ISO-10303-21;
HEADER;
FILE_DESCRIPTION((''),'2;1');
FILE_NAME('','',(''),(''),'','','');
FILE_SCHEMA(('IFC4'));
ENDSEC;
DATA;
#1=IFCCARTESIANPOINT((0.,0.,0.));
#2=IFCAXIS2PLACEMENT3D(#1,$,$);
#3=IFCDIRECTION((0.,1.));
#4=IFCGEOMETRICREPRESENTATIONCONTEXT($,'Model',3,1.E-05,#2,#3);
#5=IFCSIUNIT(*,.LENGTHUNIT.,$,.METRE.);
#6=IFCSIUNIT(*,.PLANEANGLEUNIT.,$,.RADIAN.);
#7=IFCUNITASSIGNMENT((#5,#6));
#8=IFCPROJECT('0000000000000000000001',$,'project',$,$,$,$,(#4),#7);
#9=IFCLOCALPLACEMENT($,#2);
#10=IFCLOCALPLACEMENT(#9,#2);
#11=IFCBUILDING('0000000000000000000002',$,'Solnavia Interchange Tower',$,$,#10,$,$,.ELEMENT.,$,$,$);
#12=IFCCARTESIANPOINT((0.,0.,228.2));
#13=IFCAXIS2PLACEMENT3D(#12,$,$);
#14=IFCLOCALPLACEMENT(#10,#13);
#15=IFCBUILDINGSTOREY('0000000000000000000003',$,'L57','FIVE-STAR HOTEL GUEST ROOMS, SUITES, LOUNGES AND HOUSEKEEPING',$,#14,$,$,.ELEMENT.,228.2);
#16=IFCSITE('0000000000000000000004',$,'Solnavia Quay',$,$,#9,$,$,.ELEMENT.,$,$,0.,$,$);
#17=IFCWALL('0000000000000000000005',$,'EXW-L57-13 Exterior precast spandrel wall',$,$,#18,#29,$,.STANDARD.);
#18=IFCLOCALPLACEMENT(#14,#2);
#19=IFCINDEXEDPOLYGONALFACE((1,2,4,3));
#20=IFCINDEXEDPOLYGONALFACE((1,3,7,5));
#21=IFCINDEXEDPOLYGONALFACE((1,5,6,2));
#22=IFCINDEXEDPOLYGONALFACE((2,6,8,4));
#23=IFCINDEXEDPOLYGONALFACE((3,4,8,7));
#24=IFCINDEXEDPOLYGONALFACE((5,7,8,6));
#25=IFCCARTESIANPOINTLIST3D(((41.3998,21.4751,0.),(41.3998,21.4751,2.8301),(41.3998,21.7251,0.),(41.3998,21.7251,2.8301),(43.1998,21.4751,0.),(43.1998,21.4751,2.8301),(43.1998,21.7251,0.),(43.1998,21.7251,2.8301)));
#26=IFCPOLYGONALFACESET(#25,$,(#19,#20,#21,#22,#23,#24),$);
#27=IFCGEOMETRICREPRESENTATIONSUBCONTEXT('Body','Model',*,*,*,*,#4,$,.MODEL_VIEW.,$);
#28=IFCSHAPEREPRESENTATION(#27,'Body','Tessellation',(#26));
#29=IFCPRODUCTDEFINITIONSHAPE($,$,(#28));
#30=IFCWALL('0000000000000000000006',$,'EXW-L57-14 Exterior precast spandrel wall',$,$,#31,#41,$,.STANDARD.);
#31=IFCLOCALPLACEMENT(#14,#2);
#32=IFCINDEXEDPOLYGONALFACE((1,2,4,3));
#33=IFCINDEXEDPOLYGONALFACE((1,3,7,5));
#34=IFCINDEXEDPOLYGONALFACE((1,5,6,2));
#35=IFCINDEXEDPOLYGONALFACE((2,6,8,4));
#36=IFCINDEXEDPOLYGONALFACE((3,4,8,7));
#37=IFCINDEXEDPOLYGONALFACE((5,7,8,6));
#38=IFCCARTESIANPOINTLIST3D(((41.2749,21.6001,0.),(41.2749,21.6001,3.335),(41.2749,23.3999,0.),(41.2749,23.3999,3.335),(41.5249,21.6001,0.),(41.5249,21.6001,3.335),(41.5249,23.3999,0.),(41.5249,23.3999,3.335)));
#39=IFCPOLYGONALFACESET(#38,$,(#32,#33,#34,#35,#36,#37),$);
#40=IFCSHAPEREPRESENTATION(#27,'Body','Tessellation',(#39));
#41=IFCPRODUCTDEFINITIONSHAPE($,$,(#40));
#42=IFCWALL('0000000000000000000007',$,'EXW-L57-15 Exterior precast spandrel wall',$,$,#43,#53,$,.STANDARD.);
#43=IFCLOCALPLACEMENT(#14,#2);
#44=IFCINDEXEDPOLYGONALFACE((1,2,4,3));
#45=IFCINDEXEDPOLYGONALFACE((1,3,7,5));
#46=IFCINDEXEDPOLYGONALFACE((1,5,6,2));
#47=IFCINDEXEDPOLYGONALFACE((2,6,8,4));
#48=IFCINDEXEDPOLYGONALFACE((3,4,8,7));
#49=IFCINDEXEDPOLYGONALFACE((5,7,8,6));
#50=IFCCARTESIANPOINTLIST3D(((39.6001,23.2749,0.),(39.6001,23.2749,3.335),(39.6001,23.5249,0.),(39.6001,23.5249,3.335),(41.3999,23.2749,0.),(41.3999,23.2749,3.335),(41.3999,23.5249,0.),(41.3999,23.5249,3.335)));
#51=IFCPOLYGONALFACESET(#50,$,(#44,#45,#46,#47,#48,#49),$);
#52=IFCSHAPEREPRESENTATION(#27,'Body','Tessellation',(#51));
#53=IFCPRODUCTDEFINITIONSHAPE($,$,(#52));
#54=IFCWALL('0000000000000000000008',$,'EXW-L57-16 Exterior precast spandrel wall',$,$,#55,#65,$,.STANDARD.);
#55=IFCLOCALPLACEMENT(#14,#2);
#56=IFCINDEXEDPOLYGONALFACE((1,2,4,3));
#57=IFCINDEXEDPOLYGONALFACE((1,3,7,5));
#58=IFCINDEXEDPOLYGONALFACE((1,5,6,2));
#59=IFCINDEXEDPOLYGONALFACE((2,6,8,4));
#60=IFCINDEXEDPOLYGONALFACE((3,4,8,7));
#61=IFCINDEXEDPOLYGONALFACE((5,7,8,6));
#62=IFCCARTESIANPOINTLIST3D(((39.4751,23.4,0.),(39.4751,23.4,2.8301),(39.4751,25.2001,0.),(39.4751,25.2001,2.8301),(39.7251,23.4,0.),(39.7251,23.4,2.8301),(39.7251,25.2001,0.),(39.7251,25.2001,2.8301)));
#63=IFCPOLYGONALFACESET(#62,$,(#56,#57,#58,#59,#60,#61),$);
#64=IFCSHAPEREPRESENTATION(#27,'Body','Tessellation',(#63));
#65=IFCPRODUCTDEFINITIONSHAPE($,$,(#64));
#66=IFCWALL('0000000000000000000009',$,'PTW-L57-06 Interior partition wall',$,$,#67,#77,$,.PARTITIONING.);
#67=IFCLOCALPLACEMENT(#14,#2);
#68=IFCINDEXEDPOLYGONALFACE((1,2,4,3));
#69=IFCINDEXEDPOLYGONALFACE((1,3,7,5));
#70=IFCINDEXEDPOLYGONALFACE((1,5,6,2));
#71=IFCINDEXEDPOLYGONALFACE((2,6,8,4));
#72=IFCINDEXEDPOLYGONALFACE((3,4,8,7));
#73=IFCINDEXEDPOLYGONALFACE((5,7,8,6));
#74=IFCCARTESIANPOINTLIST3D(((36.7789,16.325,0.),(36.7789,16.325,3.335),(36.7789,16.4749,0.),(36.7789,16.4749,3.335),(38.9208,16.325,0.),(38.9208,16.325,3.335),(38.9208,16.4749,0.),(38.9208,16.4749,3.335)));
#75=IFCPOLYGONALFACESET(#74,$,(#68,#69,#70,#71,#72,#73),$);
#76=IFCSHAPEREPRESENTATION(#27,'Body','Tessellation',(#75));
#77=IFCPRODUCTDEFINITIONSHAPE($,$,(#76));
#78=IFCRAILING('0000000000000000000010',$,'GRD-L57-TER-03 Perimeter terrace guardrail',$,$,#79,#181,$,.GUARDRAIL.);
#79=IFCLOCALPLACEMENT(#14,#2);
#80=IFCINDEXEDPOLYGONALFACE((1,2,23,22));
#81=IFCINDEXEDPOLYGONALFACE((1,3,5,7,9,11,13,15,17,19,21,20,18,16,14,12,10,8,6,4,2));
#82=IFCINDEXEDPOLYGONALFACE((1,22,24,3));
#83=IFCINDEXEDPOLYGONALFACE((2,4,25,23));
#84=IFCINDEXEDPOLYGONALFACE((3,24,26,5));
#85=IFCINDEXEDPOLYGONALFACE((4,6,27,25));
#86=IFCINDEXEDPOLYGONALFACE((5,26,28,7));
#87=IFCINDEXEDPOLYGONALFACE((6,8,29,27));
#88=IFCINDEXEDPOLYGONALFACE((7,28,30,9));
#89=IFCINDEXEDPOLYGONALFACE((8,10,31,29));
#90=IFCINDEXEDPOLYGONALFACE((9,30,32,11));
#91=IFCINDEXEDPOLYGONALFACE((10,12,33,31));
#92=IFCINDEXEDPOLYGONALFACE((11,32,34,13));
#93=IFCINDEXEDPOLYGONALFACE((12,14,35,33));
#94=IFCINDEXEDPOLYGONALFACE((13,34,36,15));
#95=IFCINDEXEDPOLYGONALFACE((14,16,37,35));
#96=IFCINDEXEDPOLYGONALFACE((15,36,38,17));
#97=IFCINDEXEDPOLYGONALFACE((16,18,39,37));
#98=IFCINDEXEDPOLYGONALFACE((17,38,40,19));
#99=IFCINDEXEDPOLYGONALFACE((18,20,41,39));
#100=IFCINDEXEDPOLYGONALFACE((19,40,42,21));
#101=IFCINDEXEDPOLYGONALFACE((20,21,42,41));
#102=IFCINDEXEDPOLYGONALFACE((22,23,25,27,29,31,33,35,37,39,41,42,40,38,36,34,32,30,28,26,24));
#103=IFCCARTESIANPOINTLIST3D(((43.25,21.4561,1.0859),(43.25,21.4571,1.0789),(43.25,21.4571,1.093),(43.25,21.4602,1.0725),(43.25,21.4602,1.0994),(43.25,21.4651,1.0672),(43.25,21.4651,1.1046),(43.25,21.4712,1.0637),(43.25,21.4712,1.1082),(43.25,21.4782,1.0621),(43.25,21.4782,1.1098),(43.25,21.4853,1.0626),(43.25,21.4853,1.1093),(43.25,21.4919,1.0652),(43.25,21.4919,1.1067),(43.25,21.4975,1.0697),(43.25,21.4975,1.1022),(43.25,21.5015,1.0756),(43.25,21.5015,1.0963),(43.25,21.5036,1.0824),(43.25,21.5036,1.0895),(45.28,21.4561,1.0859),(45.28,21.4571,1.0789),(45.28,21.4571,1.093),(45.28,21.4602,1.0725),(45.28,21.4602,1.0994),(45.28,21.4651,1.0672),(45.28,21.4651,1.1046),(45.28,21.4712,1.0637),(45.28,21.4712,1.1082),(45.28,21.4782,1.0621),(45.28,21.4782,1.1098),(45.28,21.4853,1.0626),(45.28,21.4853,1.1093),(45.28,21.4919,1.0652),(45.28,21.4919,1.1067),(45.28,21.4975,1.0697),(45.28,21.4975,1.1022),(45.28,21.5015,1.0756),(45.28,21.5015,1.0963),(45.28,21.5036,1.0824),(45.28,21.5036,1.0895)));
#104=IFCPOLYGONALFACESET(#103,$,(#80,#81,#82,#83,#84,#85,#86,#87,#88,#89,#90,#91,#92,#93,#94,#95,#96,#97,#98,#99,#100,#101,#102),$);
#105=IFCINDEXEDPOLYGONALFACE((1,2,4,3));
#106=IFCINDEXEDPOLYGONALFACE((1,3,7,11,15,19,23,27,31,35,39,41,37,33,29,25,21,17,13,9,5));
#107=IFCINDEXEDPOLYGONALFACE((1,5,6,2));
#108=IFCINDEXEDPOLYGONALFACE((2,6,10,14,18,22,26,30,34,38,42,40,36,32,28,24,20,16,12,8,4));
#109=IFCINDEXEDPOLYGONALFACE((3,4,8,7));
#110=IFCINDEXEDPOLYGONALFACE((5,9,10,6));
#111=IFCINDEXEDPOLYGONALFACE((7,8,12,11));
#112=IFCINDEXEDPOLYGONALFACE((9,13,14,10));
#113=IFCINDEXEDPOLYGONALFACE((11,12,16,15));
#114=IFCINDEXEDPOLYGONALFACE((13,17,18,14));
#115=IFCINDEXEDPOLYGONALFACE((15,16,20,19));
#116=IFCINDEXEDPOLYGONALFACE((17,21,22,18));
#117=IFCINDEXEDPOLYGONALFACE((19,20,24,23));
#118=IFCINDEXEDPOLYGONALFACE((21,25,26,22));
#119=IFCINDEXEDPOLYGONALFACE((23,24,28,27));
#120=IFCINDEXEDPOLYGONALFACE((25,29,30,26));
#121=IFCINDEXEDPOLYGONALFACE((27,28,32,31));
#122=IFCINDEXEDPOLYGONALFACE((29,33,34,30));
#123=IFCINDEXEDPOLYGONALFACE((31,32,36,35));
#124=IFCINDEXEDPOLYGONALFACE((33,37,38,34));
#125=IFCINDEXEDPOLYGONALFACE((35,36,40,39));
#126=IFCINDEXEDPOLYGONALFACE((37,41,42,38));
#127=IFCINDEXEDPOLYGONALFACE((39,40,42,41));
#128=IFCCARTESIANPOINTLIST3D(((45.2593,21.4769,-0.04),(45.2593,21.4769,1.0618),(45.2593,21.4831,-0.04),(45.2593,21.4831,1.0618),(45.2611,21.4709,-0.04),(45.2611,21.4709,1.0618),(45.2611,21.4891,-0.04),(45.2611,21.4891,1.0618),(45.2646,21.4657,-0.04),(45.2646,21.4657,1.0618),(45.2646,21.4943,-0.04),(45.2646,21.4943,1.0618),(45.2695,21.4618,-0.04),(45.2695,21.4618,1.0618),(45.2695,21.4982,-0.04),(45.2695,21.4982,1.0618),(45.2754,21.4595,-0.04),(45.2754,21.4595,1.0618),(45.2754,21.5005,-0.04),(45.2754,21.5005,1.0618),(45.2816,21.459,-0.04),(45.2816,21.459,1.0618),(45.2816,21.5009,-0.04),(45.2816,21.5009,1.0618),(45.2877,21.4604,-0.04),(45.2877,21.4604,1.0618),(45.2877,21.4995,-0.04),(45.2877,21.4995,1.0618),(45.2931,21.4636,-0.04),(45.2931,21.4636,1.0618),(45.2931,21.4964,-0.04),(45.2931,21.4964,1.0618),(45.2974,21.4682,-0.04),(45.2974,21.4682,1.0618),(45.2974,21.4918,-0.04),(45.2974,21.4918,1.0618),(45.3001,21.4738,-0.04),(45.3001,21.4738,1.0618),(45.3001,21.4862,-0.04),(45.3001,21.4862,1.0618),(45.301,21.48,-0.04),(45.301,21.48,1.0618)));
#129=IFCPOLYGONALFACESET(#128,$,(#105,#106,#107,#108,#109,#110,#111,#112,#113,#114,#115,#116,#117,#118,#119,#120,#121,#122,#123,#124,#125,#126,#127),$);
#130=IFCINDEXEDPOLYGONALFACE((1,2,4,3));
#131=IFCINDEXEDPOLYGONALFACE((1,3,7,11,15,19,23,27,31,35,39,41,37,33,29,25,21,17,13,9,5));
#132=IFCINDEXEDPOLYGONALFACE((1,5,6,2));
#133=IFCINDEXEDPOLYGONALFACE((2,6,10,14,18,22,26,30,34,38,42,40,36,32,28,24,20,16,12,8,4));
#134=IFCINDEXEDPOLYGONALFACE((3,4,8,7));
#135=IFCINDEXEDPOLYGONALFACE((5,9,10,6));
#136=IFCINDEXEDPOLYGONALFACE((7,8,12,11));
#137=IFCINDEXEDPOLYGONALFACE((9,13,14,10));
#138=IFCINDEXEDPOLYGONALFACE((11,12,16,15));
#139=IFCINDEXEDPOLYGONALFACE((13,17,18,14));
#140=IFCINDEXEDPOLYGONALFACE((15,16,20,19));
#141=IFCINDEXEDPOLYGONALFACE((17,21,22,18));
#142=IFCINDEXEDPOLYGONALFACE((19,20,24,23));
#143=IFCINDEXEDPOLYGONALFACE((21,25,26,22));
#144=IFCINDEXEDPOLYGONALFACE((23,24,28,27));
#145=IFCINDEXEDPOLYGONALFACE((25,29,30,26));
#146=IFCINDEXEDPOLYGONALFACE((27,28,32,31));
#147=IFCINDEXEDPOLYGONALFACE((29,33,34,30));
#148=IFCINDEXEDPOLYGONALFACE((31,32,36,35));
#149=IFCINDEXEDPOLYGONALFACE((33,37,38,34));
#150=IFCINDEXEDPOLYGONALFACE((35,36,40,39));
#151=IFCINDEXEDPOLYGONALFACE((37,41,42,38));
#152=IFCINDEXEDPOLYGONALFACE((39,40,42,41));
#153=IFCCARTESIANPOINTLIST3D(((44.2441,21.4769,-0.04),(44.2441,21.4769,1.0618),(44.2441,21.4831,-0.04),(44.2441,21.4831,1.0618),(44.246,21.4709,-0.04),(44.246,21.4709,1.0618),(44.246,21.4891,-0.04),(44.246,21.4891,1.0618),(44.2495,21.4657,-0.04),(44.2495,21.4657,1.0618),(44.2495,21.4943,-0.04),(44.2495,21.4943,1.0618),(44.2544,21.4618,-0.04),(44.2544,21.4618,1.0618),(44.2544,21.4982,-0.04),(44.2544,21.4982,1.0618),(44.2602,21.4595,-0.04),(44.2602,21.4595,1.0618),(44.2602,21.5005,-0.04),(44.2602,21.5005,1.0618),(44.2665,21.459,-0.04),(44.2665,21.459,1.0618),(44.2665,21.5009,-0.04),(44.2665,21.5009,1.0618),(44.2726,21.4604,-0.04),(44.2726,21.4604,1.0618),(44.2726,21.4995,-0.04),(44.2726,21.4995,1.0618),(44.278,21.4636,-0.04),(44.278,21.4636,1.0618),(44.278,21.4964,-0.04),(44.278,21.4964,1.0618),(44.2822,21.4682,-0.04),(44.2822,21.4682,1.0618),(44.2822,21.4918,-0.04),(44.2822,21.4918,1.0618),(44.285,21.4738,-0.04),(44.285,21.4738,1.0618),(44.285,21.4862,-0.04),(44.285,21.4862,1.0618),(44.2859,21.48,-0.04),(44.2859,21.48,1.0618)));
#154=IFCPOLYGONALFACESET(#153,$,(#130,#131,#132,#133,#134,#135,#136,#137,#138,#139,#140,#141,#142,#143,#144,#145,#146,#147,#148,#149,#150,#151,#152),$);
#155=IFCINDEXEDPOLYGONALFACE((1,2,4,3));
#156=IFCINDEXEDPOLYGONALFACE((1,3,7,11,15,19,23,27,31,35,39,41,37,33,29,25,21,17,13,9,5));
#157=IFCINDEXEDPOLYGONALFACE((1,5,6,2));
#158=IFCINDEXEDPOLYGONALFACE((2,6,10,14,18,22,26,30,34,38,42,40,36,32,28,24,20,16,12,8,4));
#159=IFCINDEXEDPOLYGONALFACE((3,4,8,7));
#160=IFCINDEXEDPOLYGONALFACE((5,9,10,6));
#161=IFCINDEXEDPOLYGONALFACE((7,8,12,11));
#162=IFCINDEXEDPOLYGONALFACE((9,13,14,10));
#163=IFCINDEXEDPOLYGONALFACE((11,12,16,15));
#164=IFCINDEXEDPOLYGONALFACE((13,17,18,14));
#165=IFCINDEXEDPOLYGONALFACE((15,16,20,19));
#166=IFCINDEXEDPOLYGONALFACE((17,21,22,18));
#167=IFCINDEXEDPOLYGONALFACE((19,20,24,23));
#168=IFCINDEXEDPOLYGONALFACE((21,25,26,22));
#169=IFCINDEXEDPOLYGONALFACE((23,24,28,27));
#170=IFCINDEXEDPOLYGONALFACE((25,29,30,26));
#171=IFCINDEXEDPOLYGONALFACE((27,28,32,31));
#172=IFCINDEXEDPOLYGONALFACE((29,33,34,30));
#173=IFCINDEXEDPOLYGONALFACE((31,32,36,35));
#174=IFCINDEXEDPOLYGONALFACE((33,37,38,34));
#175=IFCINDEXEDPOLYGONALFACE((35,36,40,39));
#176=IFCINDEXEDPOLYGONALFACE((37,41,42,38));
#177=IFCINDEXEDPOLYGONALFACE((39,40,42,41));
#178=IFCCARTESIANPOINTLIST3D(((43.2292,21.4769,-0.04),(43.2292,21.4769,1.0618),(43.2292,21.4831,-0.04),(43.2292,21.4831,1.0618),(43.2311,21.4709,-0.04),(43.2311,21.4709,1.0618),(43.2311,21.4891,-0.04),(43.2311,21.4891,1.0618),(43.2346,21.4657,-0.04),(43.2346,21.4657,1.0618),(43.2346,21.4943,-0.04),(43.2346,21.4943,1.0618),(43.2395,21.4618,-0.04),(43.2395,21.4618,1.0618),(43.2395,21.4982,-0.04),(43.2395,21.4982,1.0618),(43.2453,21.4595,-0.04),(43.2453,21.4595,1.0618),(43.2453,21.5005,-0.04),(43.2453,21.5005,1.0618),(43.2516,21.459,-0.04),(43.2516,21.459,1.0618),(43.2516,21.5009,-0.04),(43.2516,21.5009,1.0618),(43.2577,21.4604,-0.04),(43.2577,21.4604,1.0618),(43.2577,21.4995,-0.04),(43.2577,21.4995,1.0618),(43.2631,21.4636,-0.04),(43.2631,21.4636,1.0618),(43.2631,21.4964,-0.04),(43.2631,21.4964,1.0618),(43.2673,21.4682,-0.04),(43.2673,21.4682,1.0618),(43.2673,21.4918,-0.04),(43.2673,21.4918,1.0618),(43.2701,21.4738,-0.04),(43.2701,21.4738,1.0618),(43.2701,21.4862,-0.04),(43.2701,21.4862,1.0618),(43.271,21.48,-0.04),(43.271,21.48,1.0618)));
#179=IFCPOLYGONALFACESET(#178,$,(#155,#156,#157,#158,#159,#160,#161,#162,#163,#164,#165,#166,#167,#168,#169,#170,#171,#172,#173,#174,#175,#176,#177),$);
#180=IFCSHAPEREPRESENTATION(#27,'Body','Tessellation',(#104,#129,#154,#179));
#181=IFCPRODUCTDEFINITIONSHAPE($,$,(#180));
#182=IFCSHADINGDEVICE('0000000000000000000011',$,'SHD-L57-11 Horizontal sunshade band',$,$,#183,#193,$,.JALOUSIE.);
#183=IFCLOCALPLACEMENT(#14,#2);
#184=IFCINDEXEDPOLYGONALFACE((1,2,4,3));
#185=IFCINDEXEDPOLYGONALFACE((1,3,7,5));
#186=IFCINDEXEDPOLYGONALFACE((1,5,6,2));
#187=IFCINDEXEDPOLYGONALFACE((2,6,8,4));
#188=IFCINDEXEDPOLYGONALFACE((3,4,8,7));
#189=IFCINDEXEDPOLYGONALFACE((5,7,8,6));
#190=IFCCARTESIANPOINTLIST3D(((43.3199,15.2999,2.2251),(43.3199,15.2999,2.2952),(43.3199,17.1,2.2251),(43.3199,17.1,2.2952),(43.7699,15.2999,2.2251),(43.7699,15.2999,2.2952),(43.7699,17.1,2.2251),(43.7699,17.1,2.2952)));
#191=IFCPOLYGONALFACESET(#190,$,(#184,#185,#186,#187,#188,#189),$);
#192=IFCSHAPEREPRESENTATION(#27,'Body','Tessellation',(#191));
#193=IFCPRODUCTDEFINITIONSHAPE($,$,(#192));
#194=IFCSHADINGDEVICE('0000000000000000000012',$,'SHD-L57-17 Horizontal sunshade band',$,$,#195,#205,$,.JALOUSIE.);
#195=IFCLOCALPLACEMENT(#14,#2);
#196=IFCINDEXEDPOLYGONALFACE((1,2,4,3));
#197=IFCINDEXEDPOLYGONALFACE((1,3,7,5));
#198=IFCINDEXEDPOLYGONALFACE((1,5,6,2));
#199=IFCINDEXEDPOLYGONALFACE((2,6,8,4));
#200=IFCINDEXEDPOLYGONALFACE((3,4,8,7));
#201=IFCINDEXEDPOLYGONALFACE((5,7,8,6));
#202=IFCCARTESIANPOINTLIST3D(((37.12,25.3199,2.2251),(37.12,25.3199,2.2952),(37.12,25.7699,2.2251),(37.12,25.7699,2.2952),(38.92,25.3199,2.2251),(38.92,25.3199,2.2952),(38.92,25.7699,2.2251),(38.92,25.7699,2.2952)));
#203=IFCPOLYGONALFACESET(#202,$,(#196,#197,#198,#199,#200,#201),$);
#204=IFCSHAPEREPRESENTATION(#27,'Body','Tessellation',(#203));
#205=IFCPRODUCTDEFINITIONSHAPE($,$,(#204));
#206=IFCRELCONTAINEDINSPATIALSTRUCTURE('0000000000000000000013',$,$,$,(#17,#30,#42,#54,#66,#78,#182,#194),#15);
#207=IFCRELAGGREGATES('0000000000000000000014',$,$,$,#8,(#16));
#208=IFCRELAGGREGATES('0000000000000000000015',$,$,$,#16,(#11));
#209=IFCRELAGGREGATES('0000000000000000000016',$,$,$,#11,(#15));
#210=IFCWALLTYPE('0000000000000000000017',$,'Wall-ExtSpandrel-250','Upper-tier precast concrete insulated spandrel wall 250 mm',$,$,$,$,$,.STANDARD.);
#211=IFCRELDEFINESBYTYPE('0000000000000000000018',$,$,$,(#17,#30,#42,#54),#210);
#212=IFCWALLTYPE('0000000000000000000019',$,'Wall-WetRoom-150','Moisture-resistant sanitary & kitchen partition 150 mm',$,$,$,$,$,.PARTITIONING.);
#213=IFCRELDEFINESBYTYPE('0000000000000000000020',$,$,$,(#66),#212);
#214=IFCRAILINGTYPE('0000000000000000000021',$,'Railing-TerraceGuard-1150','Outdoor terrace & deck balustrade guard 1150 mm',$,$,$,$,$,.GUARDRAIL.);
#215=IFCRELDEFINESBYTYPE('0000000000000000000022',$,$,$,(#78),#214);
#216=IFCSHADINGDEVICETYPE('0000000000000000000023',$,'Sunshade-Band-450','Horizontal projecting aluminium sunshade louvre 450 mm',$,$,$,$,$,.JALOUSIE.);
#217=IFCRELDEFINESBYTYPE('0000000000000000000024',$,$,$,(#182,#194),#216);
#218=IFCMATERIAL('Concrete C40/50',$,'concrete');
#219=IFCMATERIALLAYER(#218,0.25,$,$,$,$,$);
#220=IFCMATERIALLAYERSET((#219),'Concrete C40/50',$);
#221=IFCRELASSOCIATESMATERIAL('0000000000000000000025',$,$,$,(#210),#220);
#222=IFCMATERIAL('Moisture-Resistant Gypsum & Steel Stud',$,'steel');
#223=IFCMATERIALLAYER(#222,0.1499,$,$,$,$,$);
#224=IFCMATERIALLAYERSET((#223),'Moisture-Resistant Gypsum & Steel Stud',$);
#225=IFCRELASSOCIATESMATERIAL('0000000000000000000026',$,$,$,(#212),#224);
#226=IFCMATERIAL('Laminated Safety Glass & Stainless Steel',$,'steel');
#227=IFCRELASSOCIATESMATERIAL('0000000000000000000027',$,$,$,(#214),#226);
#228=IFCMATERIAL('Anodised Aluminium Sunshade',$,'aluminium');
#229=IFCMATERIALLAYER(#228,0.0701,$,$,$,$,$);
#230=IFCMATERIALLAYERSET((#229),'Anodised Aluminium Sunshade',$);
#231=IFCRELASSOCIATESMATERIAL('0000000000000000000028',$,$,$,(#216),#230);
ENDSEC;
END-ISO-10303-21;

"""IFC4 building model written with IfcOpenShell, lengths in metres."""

from ifc_helpers import new_model, si_unit, direction, frame, frame_2d, origin, origin_2d, place, context, subcontext, project, spatial, rectangle, circle, extrude, material, layer, layer_set, type_object, element, save


model = new_model("IFC4")

# Units and contexts
model_context = context("Model", 3, precision=1e-05, world=origin(), true_north=direction((0.0, 1.0)))
body_context = subcontext(model_context, "Body", "Model", "MODEL_VIEW")
ifc_project = project(units=[si_unit("LENGTHUNIT", "METRE"), si_unit("PLANEANGLEUNIT", "RADIAN")], contexts=[model_context])

# Site, building, storey
site_placement = place(None, origin())
site = spatial("IfcSite", under=ifc_project, at=site_placement, Name="Solnavia Quay", CompositionType="ELEMENT", RefElevation=0.0)
building_placement = place(site_placement, origin())
building = spatial("IfcBuilding", under=site, at=building_placement, Name="Solnavia Interchange Tower", CompositionType="ELEMENT")
storey_placement = place(building_placement, frame((0.0, 0.0, 228.2)))
storey = spatial("IfcBuildingStorey", under=building, at=storey_placement, Name="L57", Description="FIVE-STAR HOTEL GUEST ROOMS, SUITES, LOUNGES AND HOUSEKEEPING", CompositionType="ELEMENT", Elevation=228.2)

# Shared definitions
ifc_material_1 = material(Name="Concrete C40/50", Category="concrete")
ifc_layer_1 = layer(ifc_material_1, 0.25)
ifc_layer_set_1 = layer_set([ifc_layer_1], Name="Concrete C40/50")
wall_type_1 = type_object("IfcWallType", Name="Wall-ExtSpandrel-250", Description="Upper-tier precast concrete insulated spandrel wall 250 mm", PredefinedType="STANDARD", material=ifc_layer_set_1)

# Walls
wall_1_placement = place(storey_placement, frame((41.3999, 21.6001, 0.0), z_axis=(0.0, 0.0, 1.0), x_axis=(1.0, 0.0, 0.0)))
element("IfcWall", 1, at=wall_1_placement, inside=storey, type_object=wall_type_1, Name="EXW-L57-13 Exterior precast spandrel wall", PredefinedType="STANDARD", context=body_context, shape_type="SweptSolid", body=[
    extrude(rectangle(XDim=1.8, YDim=0.25, at=frame_2d((0.8999, 0.0))), origin(), (0.0, 0.0, 1.0), 2.8301),
])
for number, where, z_axis, x_axis, name in (
    (2, (41.3999, 23.3999, 0.0), (0.0, 0.0, 1.0), (0.0, -1.0, 0.0), "EXW-L57-14 Exterior precast spandrel wall"),
    (3, (39.6001, 23.3999, 0.0), (0.0, 0.0, 1.0), (1.0, 0.0, 0.0), "EXW-L57-15 Exterior precast spandrel wall"),
):
    element("IfcWall", number, at=place(storey_placement, frame(where, z_axis=z_axis, x_axis=x_axis)), inside=storey, type_object=wall_type_1, Name=name, PredefinedType="STANDARD", context=body_context, shape_type="SweptSolid", body=[
        extrude(rectangle(XDim=1.7998, YDim=0.25, at=frame_2d((0.8999, 0.0))), origin(), (0.0, 0.0, 1.0), 3.335),
    ])
wall_2_placement = place(storey_placement, frame((39.6001, 25.2, 0.0), z_axis=(0.0, 0.0, 1.0), x_axis=(0.0, -1.0, 0.0)))
element("IfcWall", 4, at=wall_2_placement, inside=storey, type_object=wall_type_1, Name="EXW-L57-16 Exterior precast spandrel wall", PredefinedType="STANDARD", context=body_context, shape_type="SweptSolid", body=[
    extrude(rectangle(XDim=1.8, YDim=0.25, at=frame_2d((0.8999, 0.0))), origin(), (0.0, 0.0, 1.0), 2.8301),
])
ifc_material_2 = material(Name="Moisture-Resistant Gypsum & Steel Stud", Category="steel")
ifc_layer_2 = layer(ifc_material_2, 0.1499)
ifc_layer_set_2 = layer_set([ifc_layer_2], Name="Moisture-Resistant Gypsum & Steel Stud")
wall_type_2 = type_object("IfcWallType", Name="Wall-WetRoom-150", Description="Moisture-resistant sanitary & kitchen partition 150 mm", PredefinedType="PARTITIONING", material=ifc_layer_set_2)
wall_3_placement = place(storey_placement, frame((36.7791, 16.3999, 0.0), z_axis=(0.0, 0.0, 1.0), x_axis=(1.0, 0.0, 0.0)))
element("IfcWall", 5, at=wall_3_placement, inside=storey, type_object=wall_type_2, Name="PTW-L57-06 Interior partition wall", PredefinedType="PARTITIONING", context=body_context, shape_type="SweptSolid", body=[
    extrude(rectangle(XDim=2.1418, YDim=0.1499, at=frame_2d((1.0708, 0.0))), origin(), (0.0, 0.0, 1.0), 3.335),
])

# Railing
ifc_material_3 = material(Name="Laminated Safety Glass & Stainless Steel", Category="steel")
railing_type = type_object("IfcRailingType", Name="Railing-TerraceGuard-1150", Description="Outdoor terrace & deck balustrade guard 1150 mm", PredefinedType="GUARDRAIL", material=ifc_material_3)
railing_placement = place(storey_placement, frame((45.28, 21.48, -0.04)))
element("IfcRailing", 6, at=railing_placement, inside=storey, type_object=railing_type, Name="GRD-L57-TER-03 Perimeter terrace guardrail", PredefinedType="GUARDRAIL", context=body_context, shape_type="SweptSolid", body=[
    extrude(circle(Radius=0.0239, at=origin_2d()), frame((0.0, 0.0, 1.126), z_axis=(-1.0, 0.0, 0.0), x_axis=(0.0, -1.0, 0.0)), (0.0, 0.0, 1.0), 2.03),
    extrude(circle(Radius=0.021, at=origin_2d()), origin(), (0.0, 0.0, 1.0), 1.1018),
    extrude(circle(Radius=0.021, at=origin_2d()), frame((-1.0151, 0.0, 0.0)), (0.0, 0.0, 1.0), 1.1018),
    extrude(circle(Radius=0.021, at=origin_2d()), frame((-2.03, 0.0, 0.0)), (0.0, 0.0, 1.0), 1.1018),
])

# Shading devices
ifc_material_4 = material(Name="Anodised Aluminium Sunshade", Category="aluminium")
ifc_layer_3 = layer(ifc_material_4, 0.0701)
ifc_layer_set_3 = layer_set([ifc_layer_3], Name="Anodised Aluminium Sunshade")
shading_device_type = type_object("IfcShadingDeviceType", Name="Sunshade-Band-450", Description="Horizontal projecting aluminium sunshade louvre 450 mm", PredefinedType="JALOUSIE", material=ifc_layer_set_3)
for number, where, z_axis, x_axis, name in (
    (7, (43.5449, 16.2, 2.2251), (0.0, 0.0, 1.0), (0.0, -1.0, 0.0), "SHD-L57-11 Horizontal sunshade band"),
    (8, (38.02, 25.5449, 2.2251), (0.0, 0.0, 1.0), (1.0, 0.0, 0.0), "SHD-L57-17 Horizontal sunshade band"),
):
    element("IfcShadingDevice", number, at=place(storey_placement, frame(where, z_axis=z_axis, x_axis=x_axis)), inside=storey, type_object=shading_device_type, Name=name, PredefinedType="JALOUSIE", context=body_context, shape_type="SweptSolid", body=[
        extrude(rectangle(XDim=1.8, YDim=0.45, at=origin_2d()), origin(), (0.0, 0.0, 1.0), 0.0701),
    ])

save(model, "model.ifc")
